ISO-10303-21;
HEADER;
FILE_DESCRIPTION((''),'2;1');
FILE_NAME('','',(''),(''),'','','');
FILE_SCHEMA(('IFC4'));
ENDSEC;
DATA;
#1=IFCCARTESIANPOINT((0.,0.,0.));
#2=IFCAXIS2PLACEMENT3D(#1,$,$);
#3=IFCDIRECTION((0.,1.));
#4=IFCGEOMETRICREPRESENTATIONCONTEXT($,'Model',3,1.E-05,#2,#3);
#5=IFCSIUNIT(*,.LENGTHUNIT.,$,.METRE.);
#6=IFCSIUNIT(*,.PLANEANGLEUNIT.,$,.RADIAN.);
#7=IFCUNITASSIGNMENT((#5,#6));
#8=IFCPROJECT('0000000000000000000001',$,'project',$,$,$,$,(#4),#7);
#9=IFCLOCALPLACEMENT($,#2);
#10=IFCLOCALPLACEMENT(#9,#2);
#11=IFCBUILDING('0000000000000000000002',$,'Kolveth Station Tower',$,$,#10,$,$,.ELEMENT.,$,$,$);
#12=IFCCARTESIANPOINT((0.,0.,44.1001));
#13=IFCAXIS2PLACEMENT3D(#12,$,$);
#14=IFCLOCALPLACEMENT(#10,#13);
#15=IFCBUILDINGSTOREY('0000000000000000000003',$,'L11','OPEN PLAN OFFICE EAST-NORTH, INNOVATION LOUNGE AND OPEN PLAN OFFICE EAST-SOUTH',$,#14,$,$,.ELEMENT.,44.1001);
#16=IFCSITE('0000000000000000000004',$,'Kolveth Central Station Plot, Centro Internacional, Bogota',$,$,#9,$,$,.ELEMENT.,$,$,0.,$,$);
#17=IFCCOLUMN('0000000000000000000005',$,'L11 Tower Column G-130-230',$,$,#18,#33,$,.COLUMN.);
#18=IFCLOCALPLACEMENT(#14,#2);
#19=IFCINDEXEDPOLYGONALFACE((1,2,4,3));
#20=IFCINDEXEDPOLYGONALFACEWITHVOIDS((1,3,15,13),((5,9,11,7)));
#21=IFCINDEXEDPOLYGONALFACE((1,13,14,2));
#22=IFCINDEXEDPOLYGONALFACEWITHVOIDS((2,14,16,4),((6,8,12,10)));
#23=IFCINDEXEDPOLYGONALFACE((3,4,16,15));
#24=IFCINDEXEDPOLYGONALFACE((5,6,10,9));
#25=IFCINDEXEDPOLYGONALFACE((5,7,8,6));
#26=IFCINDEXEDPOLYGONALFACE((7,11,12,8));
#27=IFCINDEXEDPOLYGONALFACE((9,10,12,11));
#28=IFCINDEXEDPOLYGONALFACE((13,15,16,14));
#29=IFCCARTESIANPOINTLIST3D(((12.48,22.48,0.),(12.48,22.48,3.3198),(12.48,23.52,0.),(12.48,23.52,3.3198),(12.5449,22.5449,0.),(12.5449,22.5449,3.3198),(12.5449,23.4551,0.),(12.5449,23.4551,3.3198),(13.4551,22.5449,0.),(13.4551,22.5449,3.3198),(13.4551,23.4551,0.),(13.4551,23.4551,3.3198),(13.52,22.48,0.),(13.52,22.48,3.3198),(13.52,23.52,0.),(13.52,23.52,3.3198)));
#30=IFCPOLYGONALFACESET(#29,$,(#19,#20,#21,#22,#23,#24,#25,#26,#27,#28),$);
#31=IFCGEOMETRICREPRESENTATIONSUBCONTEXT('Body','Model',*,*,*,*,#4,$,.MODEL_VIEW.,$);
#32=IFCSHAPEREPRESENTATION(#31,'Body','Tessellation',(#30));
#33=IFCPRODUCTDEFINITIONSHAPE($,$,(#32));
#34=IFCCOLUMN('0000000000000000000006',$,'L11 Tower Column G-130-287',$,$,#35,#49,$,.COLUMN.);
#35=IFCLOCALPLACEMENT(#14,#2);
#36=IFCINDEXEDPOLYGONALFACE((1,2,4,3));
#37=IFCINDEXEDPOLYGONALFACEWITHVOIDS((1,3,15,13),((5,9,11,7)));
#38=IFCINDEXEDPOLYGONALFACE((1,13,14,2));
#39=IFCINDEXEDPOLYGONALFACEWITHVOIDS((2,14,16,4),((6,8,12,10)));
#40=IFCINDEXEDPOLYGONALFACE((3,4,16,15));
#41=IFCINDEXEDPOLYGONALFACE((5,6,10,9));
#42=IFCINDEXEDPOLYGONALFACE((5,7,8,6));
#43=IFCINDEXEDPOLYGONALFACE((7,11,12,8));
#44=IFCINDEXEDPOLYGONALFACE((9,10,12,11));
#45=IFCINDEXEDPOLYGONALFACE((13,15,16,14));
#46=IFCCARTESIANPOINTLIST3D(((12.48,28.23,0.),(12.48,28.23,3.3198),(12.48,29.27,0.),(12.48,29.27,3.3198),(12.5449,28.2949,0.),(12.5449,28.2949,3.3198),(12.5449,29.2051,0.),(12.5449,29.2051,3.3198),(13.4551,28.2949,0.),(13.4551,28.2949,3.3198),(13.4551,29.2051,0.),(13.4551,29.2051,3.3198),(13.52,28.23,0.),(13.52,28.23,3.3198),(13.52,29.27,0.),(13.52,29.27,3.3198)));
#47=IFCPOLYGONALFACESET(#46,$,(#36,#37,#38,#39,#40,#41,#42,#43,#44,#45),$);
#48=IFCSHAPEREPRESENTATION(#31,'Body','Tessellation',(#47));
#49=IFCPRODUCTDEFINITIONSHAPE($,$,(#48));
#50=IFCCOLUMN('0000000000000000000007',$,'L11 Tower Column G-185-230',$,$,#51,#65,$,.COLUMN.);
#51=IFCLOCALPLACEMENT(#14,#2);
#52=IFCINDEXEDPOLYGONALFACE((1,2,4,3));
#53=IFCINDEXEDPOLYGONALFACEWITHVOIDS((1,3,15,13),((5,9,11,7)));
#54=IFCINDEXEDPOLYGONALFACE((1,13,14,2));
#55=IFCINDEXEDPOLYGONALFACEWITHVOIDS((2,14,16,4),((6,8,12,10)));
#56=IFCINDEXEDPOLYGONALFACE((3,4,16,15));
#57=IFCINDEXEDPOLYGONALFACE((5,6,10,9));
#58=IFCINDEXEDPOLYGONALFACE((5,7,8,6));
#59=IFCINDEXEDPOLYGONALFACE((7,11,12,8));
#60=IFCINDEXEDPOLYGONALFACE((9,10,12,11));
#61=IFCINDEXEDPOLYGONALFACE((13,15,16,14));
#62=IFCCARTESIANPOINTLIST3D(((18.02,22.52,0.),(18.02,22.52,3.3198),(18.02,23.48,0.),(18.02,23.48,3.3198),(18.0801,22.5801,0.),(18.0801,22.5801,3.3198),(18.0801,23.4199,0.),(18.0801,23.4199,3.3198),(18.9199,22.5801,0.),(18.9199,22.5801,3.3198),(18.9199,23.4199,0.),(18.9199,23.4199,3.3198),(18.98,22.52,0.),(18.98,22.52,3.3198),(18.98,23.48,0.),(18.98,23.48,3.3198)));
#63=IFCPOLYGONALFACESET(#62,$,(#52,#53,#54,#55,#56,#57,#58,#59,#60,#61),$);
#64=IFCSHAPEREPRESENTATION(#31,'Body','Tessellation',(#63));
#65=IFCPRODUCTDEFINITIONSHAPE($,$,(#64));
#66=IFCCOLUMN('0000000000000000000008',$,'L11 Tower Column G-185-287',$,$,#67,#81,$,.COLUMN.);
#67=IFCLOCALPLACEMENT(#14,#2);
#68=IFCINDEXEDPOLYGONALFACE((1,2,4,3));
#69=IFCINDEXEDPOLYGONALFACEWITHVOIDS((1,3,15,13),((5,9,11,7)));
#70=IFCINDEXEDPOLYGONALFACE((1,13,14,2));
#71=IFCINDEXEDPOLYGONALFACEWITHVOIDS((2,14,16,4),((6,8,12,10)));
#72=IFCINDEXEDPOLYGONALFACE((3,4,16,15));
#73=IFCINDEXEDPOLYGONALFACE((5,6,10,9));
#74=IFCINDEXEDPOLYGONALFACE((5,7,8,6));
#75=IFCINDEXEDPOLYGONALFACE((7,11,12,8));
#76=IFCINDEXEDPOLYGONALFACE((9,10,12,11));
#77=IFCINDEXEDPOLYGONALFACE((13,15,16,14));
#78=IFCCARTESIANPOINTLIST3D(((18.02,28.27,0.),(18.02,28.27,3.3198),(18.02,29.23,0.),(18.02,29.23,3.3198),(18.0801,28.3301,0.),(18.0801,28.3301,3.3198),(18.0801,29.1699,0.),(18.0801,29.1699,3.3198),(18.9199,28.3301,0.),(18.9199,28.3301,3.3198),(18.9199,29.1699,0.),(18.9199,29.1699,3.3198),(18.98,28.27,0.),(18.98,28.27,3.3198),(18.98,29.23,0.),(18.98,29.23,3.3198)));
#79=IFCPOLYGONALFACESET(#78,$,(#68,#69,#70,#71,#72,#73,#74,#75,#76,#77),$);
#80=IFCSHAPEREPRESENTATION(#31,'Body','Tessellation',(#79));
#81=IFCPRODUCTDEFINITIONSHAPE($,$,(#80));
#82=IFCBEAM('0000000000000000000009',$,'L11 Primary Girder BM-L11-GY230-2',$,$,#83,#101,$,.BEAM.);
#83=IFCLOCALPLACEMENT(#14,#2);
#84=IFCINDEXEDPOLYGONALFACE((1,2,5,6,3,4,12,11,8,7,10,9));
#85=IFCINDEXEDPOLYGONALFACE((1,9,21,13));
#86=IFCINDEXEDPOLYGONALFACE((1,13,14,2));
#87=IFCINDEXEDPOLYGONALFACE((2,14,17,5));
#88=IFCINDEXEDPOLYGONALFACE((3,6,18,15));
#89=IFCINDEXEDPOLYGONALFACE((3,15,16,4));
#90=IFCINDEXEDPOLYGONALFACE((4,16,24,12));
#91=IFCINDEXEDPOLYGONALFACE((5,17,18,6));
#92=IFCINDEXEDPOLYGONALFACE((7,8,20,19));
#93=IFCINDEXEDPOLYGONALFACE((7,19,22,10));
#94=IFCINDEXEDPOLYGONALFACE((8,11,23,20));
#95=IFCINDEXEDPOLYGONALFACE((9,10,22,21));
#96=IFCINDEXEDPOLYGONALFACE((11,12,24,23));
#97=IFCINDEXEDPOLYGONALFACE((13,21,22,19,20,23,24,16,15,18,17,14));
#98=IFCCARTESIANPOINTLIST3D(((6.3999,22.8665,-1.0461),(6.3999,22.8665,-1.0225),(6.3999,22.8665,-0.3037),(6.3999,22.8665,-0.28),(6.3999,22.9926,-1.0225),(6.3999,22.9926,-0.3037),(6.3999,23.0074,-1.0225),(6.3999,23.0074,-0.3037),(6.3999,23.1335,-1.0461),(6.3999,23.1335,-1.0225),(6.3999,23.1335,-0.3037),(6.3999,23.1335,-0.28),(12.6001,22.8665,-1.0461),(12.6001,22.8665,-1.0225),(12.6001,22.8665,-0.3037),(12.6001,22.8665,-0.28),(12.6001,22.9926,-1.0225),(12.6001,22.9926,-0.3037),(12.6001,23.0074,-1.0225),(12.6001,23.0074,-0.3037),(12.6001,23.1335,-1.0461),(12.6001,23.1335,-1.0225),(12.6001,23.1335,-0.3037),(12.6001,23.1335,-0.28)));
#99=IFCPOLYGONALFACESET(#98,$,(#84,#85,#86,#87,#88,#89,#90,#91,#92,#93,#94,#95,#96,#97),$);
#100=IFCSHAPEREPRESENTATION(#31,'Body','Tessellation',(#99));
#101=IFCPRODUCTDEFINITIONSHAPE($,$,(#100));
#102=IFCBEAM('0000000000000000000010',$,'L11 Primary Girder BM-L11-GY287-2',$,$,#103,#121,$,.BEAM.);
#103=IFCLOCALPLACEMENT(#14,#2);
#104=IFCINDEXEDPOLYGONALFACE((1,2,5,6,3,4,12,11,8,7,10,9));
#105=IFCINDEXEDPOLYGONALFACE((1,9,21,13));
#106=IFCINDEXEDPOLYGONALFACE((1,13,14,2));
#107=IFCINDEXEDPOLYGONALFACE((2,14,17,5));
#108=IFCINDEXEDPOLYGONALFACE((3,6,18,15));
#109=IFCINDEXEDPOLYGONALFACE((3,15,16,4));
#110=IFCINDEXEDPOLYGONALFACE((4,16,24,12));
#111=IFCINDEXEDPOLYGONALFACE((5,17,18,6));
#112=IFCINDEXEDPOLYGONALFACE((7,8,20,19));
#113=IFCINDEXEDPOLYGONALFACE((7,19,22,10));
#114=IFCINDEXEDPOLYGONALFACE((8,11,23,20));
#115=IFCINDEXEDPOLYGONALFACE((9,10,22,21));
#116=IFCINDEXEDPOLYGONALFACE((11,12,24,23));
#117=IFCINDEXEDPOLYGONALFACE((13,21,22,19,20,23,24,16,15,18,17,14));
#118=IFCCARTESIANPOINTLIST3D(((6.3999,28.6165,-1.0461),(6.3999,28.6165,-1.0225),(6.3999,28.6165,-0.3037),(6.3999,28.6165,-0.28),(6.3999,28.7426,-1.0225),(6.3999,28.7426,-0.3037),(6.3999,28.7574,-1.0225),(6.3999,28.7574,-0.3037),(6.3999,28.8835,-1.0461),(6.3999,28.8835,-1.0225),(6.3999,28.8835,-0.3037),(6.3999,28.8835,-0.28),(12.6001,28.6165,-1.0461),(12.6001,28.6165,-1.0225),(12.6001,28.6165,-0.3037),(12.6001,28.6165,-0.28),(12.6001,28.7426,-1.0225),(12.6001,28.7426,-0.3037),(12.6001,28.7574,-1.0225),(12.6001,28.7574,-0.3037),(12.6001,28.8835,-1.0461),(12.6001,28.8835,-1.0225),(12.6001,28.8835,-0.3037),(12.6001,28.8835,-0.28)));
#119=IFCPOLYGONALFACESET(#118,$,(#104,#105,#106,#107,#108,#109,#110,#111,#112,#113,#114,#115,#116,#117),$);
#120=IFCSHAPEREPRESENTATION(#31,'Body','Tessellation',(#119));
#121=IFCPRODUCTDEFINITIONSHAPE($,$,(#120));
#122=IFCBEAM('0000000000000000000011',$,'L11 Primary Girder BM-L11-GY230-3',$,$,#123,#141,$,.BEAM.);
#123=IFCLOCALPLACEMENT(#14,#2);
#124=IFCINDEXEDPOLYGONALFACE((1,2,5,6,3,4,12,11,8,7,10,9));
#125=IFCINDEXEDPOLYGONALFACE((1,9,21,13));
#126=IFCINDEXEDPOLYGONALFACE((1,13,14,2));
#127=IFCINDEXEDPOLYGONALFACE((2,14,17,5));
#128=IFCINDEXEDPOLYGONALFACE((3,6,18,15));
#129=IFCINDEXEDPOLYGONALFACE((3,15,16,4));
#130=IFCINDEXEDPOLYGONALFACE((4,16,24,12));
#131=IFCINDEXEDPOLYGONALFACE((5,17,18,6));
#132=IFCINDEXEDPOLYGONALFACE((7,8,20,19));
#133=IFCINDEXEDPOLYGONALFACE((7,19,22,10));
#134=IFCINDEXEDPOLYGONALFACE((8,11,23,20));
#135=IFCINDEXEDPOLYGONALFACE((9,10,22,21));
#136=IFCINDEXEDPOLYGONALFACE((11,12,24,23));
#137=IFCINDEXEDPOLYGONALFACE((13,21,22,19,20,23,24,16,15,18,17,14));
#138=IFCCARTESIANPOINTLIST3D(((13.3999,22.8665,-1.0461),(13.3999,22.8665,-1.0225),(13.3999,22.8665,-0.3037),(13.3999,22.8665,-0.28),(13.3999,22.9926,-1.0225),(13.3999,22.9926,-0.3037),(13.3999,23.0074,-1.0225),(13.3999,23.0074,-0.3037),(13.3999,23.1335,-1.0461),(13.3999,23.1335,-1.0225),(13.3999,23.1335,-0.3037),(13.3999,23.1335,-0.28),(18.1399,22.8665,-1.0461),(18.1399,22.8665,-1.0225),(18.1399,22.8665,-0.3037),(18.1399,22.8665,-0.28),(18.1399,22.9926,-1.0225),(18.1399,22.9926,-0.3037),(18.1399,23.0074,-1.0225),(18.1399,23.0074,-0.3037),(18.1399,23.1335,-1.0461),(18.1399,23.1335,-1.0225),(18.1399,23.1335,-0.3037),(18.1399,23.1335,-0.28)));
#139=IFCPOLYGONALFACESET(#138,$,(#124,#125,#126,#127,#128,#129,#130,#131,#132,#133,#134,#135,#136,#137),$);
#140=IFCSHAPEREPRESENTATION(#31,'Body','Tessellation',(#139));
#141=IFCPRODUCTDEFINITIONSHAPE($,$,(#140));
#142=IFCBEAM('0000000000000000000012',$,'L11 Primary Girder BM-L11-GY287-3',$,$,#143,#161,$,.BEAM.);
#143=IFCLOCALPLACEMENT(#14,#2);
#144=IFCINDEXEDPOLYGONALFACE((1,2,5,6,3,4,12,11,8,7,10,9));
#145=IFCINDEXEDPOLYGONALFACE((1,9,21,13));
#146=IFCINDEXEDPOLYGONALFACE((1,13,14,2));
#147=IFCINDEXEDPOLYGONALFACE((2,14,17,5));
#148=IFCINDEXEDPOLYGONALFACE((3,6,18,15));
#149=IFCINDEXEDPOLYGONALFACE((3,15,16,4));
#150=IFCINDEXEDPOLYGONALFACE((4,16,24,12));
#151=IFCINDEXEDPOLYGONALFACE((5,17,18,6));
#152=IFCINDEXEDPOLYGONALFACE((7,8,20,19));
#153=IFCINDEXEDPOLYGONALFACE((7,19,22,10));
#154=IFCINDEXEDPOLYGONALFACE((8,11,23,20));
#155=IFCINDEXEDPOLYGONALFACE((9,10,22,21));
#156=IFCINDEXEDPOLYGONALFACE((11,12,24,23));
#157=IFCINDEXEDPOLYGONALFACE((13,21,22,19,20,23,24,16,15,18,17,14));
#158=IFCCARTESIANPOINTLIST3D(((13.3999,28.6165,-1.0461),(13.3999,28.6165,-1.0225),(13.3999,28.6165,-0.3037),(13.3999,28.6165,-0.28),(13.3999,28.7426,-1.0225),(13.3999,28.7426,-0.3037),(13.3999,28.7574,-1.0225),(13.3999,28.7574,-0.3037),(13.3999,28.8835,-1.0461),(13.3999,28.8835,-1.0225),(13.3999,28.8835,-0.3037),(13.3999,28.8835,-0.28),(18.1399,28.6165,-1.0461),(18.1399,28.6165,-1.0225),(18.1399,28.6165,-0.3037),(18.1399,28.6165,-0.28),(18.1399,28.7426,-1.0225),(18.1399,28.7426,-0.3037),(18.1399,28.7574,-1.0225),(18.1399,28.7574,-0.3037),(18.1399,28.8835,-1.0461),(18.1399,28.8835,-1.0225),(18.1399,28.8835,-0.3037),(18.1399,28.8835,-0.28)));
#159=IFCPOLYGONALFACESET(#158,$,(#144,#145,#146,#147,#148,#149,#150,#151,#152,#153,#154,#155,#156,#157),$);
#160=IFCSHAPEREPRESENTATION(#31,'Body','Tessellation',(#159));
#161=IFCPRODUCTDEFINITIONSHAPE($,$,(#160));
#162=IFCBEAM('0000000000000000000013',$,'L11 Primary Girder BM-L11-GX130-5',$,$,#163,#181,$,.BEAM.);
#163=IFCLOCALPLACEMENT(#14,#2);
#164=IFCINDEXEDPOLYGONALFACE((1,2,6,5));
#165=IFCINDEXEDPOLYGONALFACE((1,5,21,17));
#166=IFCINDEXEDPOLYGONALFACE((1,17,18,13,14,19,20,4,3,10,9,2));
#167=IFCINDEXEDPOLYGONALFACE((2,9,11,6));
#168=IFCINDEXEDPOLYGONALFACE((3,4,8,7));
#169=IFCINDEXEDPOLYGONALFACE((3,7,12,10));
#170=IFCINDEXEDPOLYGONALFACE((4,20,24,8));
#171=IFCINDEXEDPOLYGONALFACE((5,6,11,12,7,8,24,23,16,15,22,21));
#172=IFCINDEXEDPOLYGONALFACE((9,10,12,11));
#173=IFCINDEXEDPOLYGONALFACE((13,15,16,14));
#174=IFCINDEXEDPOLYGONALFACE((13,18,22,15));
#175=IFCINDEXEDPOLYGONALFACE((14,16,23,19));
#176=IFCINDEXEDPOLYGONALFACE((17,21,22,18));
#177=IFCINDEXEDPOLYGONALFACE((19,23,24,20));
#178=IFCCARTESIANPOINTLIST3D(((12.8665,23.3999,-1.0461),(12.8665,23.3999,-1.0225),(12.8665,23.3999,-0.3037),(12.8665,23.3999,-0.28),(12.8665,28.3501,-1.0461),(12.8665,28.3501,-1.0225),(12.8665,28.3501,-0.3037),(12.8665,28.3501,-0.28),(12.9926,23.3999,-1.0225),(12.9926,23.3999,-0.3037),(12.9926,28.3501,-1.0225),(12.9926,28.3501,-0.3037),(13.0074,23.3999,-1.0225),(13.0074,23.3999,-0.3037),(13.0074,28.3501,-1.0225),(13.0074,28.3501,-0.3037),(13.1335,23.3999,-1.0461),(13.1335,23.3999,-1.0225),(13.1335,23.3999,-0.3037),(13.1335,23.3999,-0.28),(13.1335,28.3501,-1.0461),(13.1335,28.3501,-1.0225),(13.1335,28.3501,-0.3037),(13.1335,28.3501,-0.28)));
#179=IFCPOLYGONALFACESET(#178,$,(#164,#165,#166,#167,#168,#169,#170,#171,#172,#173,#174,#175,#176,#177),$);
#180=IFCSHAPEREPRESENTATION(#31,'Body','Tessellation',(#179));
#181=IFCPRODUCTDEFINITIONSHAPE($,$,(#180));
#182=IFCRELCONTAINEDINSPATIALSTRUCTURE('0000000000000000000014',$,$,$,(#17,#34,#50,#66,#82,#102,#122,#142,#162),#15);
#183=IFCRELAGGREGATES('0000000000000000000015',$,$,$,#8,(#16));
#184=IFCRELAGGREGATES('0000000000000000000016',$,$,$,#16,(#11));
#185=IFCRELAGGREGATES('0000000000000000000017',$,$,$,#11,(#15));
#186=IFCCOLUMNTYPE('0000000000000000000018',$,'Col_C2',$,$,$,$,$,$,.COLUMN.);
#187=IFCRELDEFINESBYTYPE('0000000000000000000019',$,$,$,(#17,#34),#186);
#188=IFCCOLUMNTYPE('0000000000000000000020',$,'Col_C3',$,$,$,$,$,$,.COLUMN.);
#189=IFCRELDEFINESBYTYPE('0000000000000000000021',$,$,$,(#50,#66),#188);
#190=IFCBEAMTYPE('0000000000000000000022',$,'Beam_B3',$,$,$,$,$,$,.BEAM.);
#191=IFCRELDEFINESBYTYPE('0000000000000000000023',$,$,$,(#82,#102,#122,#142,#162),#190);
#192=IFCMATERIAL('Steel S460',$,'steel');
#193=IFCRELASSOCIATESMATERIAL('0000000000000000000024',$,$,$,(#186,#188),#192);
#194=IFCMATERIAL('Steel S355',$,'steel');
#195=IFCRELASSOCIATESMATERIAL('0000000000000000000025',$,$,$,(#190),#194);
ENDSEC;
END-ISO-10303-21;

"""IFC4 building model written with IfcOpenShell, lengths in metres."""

from ifc_helpers import new_model, si_unit, direction, frame, origin, origin_2d, place, context, subcontext, project, spatial, hollow_rectangle, i_section, extrude, source, transform, mapped, material, material_profile, profile_set, type_object, element, save


model = new_model("IFC4")

# Units and contexts
model_context = context("Model", 3, precision=1e-05, world=origin(), true_north=direction((0.0, 1.0)))
body_context = subcontext(model_context, "Body", "Model", "MODEL_VIEW")
ifc_project = project(units=[si_unit("LENGTHUNIT", "METRE"), si_unit("PLANEANGLEUNIT", "RADIAN")], contexts=[model_context])

# Site, building, storey
site_placement = place(None, origin())
site = spatial("IfcSite", under=ifc_project, at=site_placement, Name="Kolveth Central Station Plot, Centro Internacional, Bogota", CompositionType="ELEMENT", RefElevation=0.0)
building_placement = place(site_placement, origin())
building = spatial("IfcBuilding", under=site, at=building_placement, Name="Kolveth Station Tower", CompositionType="ELEMENT")
storey_placement = place(building_placement, frame((0.0, 0.0, 44.1001)))
storey = spatial("IfcBuildingStorey", under=building, at=storey_placement, Name="L11", Description="OPEN PLAN OFFICE EAST-NORTH, INNOVATION LOUNGE AND OPEN PLAN OFFICE EAST-SOUTH", CompositionType="ELEMENT", Elevation=44.1001)

# Columns
ifc_material_1 = material(Name="Steel S460", Category="steel")
ifc_material_profile_1 = material_profile(ifc_material_1, hollow_rectangle(XDim=1.04, YDim=1.04, WallThickness=0.0649, at=origin_2d()), Name="BOX1040x1040x65")
ifc_profile_set_1 = profile_set([ifc_material_profile_1], Name="Steel S460")
column_type_1 = type_object("IfcColumnType", Name="Col_C2", PredefinedType="COLUMN", material=ifc_profile_set_1)
shared_shape_1 = source(origin(), body_context, "Body", "SweptSolid", [
    extrude(hollow_rectangle(XDim=1.04, YDim=1.04, WallThickness=0.0649, at=origin_2d()), origin(), (0.0, 0.0, 1.0), 3.3198),
])
for number, where, z_axis, x_axis, name in (
    (1, (13.0, 23.0, 0.0), (0.0, 0.0, 1.0), (1.0, 0.0, 0.0), "L11 Tower Column G-130-230"),
    (2, (13.0, 28.75, 0.0), (0.0, 0.0, 1.0), (1.0, 0.0, 0.0), "L11 Tower Column G-130-287"),
):
    element("IfcColumn", number, at=place(storey_placement, frame(where, z_axis=z_axis, x_axis=x_axis)), inside=storey, type_object=column_type_1, Name=name, PredefinedType="COLUMN", context=body_context, shape_type="MappedRepresentation", body=[
        mapped(shared_shape_1, transform((0.0, 0.0, 0.0), x_axis=(1.0, 0.0, 0.0), y_axis=(0.0, 1.0, 0.0), z_axis=(0.0, 0.0, 1.0), scale=1.0)),
    ])
ifc_material_profile_2 = material_profile(ifc_material_1, hollow_rectangle(XDim=0.96, YDim=0.96, WallThickness=0.0601, at=origin_2d()), Name="BOX960x960x60")
ifc_profile_set_2 = profile_set([ifc_material_profile_2], Name="Steel S460")
column_type_2 = type_object("IfcColumnType", Name="Col_C3", PredefinedType="COLUMN", material=ifc_profile_set_2)
shared_shape_2 = source(origin(), body_context, "Body", "SweptSolid", [
    extrude(hollow_rectangle(XDim=0.96, YDim=0.96, WallThickness=0.0601, at=origin_2d()), origin(), (0.0, 0.0, 1.0), 3.3198),
])
for number, where, z_axis, x_axis, name in (
    (3, (18.5, 23.0, 0.0), (0.0, 0.0, 1.0), (1.0, 0.0, 0.0), "L11 Tower Column G-185-230"),
    (4, (18.5, 28.75, 0.0), (0.0, 0.0, 1.0), (1.0, 0.0, 0.0), "L11 Tower Column G-185-287"),
):
    element("IfcColumn", number, at=place(storey_placement, frame(where, z_axis=z_axis, x_axis=x_axis)), inside=storey, type_object=column_type_2, Name=name, PredefinedType="COLUMN", context=body_context, shape_type="MappedRepresentation", body=[
        mapped(shared_shape_2, transform((0.0, 0.0, 0.0), x_axis=(1.0, 0.0, 0.0), y_axis=(0.0, 1.0, 0.0), z_axis=(0.0, 0.0, 1.0), scale=1.0)),
    ])

# Beams
ifc_material_2 = material(Name="Steel S355", Category="steel")
ifc_material_profile_3 = material_profile(ifc_material_2, i_section(OverallWidth=0.2671, OverallDepth=0.7661, WebThickness=0.0149, FlangeThickness=0.0237, at=origin_2d()), Name="W760x185")
ifc_profile_set_3 = profile_set([ifc_material_profile_3], Name="Steel S355")
beam_type_1 = type_object("IfcBeamType", Name="Beam_B3", PredefinedType="BEAM", material=ifc_profile_set_3)
shared_shape_3 = source(origin(), body_context, "Body", "SweptSolid", [
    extrude(i_section(OverallWidth=0.2671, OverallDepth=0.7661, WebThickness=0.0149, FlangeThickness=0.0237, at=origin_2d()), origin(), (0.0, 0.0, 1.0), 6.2002),
])
for number, where, z_axis, x_axis, name in (
    (5, (6.3999, 23.0, -0.6631), (1.0, 0.0, 0.0), (0.0, 1.0, 0.0), "L11 Primary Girder BM-L11-GY230-2"),
    (6, (6.3999, 28.75, -0.6631), (1.0, 0.0, 0.0), (0.0, 1.0, 0.0), "L11 Primary Girder BM-L11-GY287-2"),
):
    element("IfcBeam", number, at=place(storey_placement, frame(where, z_axis=z_axis, x_axis=x_axis)), inside=storey, type_object=beam_type_1, Name=name, PredefinedType="BEAM", context=body_context, shape_type="MappedRepresentation", body=[
        mapped(shared_shape_3, transform((0.0, 0.0, 0.0), x_axis=(1.0, 0.0, 0.0), y_axis=(0.0, 1.0, 0.0), z_axis=(0.0, 0.0, 1.0), scale=1.0)),
    ])
shared_shape_4 = source(origin(), body_context, "Body", "SweptSolid", [
    extrude(i_section(OverallWidth=0.2671, OverallDepth=0.7661, WebThickness=0.0149, FlangeThickness=0.0237, at=origin_2d()), origin(), (0.0, 0.0, 1.0), 4.74),
])
for number, where, z_axis, x_axis, name in (
    (7, (13.3999, 23.0, -0.6631), (1.0, 0.0, 0.0), (0.0, 1.0, 0.0), "L11 Primary Girder BM-L11-GY230-3"),
    (8, (13.3999, 28.75, -0.6631), (1.0, 0.0, 0.0), (0.0, 1.0, 0.0), "L11 Primary Girder BM-L11-GY287-3"),
):
    element("IfcBeam", number, at=place(storey_placement, frame(where, z_axis=z_axis, x_axis=x_axis)), inside=storey, type_object=beam_type_1, Name=name, PredefinedType="BEAM", context=body_context, shape_type="MappedRepresentation", body=[
        mapped(shared_shape_4, transform((0.0, 0.0, 0.0), x_axis=(1.0, 0.0, 0.0), y_axis=(0.0, 1.0, 0.0), z_axis=(0.0, 0.0, 1.0), scale=1.0)),
    ])
shared_shape_5 = source(origin(), body_context, "Body", "SweptSolid", [
    extrude(i_section(OverallWidth=0.2671, OverallDepth=0.7661, WebThickness=0.0149, FlangeThickness=0.0237, at=origin_2d()), origin(), (0.0, 0.0, 1.0), 4.9502),
])
beam_1_placement = place(storey_placement, frame((13.0, 23.3999, -0.6631), z_axis=(0.0, 1.0, 0.0), x_axis=(-1.0, 0.0, 0.0)))
element("IfcBeam", 9, at=beam_1_placement, inside=storey, type_object=beam_type_1, Name="L11 Primary Girder BM-L11-GX130-5", PredefinedType="BEAM", context=body_context, shape_type="MappedRepresentation", body=[
    mapped(shared_shape_5, transform((0.0, 0.0, 0.0), x_axis=(1.0, 0.0, 0.0), y_axis=(0.0, 1.0, 0.0), z_axis=(0.0, 0.0, 1.0), scale=1.0)),
])

save(model, "model.ifc")
